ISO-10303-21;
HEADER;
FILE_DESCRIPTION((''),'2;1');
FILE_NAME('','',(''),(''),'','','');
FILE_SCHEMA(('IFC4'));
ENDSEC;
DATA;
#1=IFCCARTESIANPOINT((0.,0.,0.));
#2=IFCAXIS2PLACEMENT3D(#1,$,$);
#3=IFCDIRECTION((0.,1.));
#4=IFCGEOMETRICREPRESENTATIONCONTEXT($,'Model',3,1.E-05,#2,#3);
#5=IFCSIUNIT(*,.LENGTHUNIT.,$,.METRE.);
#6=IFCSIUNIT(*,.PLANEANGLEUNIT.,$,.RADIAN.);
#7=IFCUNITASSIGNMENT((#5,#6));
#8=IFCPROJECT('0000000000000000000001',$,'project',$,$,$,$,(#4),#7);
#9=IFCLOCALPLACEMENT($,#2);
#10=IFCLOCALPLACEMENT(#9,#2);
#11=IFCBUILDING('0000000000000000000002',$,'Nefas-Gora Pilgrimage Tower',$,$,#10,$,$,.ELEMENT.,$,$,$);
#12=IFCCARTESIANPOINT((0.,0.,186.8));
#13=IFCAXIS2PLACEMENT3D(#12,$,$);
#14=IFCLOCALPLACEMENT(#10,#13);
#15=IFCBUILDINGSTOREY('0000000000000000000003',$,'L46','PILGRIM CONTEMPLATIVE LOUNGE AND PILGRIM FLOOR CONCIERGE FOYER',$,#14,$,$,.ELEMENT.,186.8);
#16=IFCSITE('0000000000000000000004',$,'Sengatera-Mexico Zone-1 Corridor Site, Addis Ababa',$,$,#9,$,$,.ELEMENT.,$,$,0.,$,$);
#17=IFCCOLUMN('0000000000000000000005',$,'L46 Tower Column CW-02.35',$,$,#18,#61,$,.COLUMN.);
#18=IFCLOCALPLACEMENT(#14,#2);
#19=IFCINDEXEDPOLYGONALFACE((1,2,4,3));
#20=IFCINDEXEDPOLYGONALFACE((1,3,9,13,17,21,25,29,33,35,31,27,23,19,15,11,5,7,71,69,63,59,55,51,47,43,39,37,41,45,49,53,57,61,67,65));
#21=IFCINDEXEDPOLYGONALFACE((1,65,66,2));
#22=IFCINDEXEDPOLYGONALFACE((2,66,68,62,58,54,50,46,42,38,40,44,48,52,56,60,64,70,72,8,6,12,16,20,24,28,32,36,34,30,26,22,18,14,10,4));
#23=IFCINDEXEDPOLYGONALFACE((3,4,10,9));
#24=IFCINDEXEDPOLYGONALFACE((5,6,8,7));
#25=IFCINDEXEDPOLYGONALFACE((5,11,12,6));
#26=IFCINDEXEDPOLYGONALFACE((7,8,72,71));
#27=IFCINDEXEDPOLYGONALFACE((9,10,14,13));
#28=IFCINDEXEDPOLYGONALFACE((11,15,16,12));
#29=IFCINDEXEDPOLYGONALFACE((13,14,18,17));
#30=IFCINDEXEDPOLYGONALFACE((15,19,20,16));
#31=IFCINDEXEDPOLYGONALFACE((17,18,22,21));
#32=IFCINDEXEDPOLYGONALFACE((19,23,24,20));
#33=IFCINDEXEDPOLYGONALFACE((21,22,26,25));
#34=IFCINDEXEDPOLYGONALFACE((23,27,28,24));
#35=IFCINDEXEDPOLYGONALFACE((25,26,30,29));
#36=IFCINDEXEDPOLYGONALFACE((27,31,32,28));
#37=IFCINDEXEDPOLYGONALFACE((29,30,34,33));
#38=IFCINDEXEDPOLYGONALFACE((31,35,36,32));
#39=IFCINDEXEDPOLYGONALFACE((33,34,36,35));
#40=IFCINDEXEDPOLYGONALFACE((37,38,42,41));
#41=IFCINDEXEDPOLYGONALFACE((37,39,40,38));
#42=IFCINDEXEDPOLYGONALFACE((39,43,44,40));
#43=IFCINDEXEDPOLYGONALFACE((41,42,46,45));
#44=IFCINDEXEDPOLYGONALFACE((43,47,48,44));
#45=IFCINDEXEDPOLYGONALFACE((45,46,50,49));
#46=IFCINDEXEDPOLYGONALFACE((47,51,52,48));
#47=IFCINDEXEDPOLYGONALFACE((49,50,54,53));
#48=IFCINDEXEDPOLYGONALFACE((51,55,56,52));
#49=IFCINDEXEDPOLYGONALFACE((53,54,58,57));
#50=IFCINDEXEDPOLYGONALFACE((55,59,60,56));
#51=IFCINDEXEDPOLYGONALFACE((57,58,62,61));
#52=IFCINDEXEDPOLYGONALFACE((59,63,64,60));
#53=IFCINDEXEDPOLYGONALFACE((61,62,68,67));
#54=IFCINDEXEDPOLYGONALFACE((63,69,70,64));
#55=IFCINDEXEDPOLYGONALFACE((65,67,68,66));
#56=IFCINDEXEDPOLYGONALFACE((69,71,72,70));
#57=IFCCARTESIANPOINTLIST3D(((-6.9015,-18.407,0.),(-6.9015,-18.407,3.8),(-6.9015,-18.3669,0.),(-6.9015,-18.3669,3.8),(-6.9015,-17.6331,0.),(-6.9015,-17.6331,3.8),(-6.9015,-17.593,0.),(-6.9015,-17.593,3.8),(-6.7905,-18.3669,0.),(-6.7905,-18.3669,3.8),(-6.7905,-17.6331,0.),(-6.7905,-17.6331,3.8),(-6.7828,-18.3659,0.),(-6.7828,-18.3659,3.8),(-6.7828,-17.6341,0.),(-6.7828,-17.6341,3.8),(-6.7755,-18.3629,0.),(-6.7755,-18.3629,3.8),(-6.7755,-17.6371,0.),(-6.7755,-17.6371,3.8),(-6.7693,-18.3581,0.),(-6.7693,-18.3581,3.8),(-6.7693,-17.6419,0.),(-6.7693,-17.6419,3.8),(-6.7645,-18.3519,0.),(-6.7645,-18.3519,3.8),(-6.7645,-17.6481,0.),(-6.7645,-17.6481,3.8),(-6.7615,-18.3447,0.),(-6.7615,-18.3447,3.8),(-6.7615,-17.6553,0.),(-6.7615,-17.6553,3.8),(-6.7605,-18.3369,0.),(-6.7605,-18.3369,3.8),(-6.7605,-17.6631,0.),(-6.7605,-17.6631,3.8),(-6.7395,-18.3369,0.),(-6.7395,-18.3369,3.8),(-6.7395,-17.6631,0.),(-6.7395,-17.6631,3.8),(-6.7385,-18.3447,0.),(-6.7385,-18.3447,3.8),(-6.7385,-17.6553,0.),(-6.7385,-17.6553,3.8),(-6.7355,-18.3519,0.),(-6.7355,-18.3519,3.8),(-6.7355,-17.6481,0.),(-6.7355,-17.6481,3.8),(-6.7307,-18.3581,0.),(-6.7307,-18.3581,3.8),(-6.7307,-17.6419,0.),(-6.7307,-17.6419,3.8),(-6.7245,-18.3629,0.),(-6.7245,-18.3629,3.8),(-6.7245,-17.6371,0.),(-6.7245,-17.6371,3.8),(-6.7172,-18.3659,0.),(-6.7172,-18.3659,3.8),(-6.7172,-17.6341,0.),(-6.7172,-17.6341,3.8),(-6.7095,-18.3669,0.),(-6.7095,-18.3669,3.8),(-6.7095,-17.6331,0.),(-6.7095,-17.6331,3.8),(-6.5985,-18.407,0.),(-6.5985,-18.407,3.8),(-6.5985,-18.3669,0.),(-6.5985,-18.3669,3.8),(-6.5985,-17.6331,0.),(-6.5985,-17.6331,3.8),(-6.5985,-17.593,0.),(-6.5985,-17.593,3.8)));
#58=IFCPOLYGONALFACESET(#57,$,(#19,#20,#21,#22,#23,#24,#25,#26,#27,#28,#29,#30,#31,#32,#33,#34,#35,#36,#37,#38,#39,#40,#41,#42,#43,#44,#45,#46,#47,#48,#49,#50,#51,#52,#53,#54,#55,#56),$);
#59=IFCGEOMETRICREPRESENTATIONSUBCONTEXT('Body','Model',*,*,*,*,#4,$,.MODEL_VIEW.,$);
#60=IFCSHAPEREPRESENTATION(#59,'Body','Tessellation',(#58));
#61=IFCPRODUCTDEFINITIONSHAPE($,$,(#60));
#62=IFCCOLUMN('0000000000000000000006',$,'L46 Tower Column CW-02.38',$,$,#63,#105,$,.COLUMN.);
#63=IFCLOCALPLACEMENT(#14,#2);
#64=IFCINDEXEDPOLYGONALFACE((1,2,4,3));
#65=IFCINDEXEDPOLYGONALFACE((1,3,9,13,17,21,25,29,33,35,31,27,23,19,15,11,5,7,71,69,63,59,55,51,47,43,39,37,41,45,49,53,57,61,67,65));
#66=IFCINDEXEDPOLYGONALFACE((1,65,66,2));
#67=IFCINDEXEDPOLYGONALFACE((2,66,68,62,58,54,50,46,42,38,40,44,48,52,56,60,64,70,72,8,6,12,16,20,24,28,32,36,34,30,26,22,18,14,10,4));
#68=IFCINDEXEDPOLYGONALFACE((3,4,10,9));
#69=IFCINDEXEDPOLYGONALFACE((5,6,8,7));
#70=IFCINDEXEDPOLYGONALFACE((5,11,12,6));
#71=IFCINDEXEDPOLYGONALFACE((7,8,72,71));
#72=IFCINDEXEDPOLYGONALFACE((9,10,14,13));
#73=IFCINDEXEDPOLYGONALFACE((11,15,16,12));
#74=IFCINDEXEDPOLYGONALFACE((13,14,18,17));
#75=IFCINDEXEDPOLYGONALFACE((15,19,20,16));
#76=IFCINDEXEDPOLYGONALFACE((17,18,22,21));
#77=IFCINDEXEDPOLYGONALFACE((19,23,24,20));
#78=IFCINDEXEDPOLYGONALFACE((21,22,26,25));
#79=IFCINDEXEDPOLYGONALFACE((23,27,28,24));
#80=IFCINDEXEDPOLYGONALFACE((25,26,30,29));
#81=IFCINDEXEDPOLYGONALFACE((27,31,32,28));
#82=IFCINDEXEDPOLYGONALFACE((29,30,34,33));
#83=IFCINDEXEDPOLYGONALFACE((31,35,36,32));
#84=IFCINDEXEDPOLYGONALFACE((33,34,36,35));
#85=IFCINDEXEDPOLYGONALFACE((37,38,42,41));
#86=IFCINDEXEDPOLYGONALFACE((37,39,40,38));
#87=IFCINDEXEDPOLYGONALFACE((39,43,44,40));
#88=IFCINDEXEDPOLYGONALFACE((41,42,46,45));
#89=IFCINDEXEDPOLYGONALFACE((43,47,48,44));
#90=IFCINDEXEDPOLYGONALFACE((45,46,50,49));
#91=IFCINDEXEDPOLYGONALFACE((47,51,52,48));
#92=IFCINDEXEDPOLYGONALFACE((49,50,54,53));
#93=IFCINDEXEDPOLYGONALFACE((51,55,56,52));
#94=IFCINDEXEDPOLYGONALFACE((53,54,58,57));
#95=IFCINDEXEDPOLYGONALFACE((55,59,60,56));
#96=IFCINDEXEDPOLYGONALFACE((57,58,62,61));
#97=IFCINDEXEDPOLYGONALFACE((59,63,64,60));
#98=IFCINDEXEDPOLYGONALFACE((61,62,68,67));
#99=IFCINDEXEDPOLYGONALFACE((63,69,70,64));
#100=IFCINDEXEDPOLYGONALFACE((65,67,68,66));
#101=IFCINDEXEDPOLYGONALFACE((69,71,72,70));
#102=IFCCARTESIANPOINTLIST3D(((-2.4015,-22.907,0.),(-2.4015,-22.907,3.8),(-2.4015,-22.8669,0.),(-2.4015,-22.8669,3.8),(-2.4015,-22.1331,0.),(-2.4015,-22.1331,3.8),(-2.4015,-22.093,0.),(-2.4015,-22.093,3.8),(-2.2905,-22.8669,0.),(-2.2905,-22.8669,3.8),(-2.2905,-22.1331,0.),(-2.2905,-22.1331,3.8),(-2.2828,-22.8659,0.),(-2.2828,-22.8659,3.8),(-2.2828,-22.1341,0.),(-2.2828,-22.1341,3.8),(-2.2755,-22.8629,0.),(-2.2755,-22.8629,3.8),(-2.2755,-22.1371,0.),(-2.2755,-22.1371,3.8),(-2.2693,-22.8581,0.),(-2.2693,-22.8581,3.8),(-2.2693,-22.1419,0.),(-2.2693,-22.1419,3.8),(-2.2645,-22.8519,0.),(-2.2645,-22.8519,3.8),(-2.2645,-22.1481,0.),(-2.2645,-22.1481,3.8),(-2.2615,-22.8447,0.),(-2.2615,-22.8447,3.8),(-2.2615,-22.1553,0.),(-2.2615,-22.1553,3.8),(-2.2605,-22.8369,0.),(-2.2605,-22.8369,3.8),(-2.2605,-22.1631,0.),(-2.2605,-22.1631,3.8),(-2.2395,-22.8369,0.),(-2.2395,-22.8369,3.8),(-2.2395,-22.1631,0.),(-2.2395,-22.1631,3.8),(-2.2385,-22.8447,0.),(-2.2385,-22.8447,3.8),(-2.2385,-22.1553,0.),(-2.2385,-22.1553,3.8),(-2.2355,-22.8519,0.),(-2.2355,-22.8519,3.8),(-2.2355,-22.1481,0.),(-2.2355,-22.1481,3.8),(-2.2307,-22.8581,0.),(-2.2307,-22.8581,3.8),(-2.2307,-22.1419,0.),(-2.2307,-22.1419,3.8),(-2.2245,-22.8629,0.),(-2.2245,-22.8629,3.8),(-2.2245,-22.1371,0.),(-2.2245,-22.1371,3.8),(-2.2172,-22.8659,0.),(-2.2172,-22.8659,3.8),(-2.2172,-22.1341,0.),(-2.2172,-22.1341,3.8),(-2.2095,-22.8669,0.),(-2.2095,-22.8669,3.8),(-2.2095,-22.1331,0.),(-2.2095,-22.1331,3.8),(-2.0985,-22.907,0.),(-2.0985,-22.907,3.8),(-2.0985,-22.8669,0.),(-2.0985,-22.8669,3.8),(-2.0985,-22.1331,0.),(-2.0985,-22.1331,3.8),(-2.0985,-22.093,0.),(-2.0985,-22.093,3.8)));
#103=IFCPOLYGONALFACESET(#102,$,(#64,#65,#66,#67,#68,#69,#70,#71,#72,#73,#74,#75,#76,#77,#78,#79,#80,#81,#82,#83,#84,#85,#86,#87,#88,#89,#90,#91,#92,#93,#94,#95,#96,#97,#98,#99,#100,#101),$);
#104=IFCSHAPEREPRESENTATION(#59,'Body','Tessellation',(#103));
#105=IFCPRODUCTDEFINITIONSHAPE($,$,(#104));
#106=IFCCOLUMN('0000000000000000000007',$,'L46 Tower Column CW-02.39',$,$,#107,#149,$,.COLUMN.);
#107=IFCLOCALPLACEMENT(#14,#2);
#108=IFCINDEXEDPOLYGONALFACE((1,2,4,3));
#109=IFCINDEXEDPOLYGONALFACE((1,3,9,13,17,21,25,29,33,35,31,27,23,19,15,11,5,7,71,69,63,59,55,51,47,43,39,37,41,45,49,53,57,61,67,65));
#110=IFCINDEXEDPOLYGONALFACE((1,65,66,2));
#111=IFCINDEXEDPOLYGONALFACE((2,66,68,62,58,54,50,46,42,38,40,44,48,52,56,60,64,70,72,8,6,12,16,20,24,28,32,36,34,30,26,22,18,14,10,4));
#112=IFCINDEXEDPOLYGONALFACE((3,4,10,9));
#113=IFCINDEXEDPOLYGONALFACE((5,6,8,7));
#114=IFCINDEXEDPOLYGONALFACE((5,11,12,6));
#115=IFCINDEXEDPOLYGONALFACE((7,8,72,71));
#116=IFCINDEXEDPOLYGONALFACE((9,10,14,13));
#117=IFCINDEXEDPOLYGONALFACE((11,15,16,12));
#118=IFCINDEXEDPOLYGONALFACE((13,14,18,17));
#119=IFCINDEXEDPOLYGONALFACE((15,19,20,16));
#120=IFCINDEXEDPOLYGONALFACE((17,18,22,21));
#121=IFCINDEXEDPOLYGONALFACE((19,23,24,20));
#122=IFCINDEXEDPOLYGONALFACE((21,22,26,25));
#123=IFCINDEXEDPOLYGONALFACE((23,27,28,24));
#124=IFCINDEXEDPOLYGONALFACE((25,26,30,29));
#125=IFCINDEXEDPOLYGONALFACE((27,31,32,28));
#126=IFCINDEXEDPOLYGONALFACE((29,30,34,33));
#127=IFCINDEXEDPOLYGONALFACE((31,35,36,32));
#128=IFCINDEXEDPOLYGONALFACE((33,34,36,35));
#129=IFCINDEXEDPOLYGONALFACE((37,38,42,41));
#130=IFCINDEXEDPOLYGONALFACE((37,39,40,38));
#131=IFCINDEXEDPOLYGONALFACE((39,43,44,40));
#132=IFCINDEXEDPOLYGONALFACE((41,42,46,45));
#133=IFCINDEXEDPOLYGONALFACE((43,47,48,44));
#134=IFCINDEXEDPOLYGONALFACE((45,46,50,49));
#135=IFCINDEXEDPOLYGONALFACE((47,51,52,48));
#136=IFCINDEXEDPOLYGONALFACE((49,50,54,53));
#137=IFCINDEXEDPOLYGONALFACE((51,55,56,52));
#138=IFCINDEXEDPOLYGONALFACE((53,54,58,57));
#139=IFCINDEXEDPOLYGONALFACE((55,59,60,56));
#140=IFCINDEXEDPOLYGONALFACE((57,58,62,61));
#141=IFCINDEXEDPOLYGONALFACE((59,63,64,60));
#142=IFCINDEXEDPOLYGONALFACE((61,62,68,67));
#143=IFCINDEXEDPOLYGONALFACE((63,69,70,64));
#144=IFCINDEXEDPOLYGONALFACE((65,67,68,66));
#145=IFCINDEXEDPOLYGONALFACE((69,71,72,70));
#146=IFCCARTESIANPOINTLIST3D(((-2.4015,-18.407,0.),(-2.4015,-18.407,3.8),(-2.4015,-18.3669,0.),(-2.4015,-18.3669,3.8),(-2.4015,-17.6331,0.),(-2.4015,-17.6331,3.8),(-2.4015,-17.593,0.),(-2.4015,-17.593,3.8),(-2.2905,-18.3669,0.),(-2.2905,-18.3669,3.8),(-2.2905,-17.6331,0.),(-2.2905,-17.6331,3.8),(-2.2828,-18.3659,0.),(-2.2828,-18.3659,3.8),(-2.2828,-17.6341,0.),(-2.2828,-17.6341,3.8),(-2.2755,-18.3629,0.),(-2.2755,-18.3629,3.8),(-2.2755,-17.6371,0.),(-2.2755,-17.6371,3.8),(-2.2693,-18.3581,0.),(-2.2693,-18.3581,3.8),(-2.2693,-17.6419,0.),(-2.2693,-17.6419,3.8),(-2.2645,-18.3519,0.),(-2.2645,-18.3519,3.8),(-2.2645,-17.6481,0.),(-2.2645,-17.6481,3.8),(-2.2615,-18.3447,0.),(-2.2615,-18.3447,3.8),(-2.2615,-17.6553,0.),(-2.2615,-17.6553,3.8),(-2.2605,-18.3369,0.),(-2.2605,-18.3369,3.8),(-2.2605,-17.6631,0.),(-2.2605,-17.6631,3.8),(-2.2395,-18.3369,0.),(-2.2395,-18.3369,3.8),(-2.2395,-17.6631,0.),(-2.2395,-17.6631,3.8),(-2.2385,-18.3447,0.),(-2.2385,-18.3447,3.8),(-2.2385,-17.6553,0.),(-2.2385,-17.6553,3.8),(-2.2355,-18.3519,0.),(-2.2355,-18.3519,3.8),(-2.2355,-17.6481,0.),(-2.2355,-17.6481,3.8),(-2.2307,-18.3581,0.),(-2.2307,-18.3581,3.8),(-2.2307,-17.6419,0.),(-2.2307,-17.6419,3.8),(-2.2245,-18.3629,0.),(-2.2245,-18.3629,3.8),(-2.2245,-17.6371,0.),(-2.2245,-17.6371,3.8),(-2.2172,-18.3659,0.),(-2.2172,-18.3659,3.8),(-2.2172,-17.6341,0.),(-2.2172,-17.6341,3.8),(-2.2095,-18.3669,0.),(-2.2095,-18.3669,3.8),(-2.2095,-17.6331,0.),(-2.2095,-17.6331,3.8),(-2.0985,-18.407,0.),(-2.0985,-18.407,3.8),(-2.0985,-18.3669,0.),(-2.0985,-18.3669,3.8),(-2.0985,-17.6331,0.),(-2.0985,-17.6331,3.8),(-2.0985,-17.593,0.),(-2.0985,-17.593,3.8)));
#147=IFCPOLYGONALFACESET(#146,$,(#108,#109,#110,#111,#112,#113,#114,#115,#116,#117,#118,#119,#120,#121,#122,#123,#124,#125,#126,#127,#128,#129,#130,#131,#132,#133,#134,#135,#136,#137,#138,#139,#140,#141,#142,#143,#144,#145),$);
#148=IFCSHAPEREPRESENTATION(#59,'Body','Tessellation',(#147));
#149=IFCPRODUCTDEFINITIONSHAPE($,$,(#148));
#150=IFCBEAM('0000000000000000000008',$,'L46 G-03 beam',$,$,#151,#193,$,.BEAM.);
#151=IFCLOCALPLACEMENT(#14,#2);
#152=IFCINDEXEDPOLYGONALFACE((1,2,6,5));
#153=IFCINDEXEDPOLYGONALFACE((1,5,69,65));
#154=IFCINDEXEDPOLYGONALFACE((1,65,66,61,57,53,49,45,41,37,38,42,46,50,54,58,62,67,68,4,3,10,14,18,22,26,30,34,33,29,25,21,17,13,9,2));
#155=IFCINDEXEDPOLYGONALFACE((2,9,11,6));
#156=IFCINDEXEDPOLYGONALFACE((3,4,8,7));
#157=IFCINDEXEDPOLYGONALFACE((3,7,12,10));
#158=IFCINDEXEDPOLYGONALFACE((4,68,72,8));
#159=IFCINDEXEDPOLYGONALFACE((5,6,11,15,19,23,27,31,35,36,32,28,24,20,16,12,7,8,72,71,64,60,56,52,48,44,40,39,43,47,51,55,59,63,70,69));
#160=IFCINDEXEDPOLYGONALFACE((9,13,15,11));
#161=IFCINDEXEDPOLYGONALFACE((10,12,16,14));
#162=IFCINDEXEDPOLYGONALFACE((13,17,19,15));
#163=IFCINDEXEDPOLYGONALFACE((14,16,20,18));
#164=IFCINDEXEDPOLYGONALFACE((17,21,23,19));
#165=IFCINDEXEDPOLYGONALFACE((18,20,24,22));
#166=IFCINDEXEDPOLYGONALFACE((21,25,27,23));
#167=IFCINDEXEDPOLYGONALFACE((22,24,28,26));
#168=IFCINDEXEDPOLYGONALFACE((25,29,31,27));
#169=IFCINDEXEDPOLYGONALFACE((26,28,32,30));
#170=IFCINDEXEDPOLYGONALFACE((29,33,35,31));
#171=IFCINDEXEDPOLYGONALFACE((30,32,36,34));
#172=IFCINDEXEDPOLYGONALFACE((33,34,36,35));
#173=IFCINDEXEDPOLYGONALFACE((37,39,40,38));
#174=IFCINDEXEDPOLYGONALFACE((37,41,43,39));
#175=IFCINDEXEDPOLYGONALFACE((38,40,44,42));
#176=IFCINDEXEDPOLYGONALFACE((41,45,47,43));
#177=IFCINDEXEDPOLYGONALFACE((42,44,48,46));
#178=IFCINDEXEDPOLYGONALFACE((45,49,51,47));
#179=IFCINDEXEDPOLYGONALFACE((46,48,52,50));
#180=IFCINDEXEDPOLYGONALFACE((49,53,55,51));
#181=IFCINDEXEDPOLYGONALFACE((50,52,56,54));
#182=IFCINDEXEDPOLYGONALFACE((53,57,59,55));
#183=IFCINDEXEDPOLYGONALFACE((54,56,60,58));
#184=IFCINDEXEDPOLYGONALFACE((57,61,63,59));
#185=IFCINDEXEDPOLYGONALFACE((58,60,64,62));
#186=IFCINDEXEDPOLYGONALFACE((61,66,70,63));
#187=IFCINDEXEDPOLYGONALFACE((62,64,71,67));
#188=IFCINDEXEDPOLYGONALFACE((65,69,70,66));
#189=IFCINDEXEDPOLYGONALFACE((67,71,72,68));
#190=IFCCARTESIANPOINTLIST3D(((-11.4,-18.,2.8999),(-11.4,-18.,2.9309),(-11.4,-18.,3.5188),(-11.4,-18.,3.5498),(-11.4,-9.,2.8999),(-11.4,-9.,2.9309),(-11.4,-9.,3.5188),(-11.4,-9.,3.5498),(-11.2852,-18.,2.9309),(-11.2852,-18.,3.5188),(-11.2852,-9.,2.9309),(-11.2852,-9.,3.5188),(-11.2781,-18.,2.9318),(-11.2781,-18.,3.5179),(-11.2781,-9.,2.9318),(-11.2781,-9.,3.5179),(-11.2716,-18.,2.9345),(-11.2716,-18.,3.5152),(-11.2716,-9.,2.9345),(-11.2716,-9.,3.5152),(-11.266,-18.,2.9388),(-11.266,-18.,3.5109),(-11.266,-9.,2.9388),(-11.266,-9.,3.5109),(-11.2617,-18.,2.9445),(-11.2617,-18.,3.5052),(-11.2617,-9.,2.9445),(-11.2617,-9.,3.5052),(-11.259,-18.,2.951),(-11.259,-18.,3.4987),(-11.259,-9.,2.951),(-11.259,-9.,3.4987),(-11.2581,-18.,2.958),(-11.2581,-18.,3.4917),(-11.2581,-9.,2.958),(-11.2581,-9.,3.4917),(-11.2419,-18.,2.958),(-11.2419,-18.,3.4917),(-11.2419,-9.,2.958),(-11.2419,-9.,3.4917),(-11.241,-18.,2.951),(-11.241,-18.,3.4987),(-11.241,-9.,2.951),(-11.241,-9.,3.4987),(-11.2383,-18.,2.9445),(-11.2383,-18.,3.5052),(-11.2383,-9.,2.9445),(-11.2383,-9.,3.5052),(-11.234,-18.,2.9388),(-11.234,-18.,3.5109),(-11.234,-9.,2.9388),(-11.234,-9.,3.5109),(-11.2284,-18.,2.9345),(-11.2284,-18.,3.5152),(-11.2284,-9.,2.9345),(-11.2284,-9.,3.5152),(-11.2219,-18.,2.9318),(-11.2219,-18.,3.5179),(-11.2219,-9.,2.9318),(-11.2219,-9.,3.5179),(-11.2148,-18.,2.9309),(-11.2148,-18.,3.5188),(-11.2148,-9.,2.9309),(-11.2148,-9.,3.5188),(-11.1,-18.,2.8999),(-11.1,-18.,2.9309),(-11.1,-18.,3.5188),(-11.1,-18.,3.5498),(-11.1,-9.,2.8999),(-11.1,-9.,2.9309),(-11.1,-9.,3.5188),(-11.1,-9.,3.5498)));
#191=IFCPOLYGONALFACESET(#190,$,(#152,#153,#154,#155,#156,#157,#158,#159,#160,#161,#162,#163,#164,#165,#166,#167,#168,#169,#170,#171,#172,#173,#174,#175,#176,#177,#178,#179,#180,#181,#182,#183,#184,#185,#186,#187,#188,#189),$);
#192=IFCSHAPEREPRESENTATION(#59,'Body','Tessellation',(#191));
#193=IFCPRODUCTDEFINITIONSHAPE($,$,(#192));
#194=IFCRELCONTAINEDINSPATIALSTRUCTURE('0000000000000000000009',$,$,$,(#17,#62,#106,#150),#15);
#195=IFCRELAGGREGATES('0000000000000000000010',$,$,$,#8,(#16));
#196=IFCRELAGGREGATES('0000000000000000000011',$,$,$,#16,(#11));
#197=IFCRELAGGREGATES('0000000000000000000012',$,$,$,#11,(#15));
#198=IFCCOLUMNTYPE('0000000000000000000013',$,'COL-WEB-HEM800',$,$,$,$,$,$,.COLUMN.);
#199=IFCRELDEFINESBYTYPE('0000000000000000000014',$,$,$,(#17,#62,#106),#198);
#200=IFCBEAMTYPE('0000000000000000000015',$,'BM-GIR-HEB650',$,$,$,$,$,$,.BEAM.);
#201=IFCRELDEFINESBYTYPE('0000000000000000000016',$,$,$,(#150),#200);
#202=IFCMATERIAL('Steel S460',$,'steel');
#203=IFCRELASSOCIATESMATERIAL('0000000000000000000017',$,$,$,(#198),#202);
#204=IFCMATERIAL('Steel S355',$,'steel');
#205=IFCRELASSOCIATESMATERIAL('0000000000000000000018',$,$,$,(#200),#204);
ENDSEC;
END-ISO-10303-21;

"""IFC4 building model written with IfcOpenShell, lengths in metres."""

from ifc_helpers import new_model, si_unit, direction, frame, origin, origin_2d, place, context, subcontext, project, spatial, i_section, extrude, source, transform, mapped, material, material_profile, profile_set, type_object, element, save


model = new_model("IFC4")

# Units and contexts
model_context = context("Model", 3, precision=1e-05, world=origin(), true_north=direction((0.0, 1.0)))
body_context = subcontext(model_context, "Body", "Model", "MODEL_VIEW")
ifc_project = project(units=[si_unit("LENGTHUNIT", "METRE"), si_unit("PLANEANGLEUNIT", "RADIAN")], contexts=[model_context])

# Site, building, storey
site_placement = place(None, origin())
site = spatial("IfcSite", under=ifc_project, at=site_placement, Name="Sengatera-Mexico Zone-1 Corridor Site, Addis Ababa", CompositionType="ELEMENT", RefElevation=0.0)
building_placement = place(site_placement, origin())
building = spatial("IfcBuilding", under=site, at=building_placement, Name="Nefas-Gora Pilgrimage Tower", CompositionType="ELEMENT")
storey_placement = place(building_placement, frame((0.0, 0.0, 186.8)))
storey = spatial("IfcBuildingStorey", under=building, at=storey_placement, Name="L46", Description="PILGRIM CONTEMPLATIVE LOUNGE AND PILGRIM FLOOR CONCIERGE FOYER", CompositionType="ELEMENT", Elevation=186.8)

# Columns
ifc_material_1 = material(Name="Steel S460", Category="steel")
ifc_material_profile_1 = material_profile(ifc_material_1, i_section(OverallWidth=0.303, OverallDepth=0.814, WebThickness=0.021, FlangeThickness=0.04, FilletRadius=0.03, at=origin_2d()), Name="HEM 800")
ifc_profile_set_1 = profile_set([ifc_material_profile_1], Name="Steel S460")
column_type_1 = type_object("IfcColumnType", Name="COL-WEB-HEM800", PredefinedType="COLUMN", material=ifc_profile_set_1)
shared_shape_1 = source(origin(), body_context, "Body", "SweptSolid", [
    extrude(i_section(OverallWidth=0.303, OverallDepth=0.814, WebThickness=0.021, FlangeThickness=0.04, FilletRadius=0.03, at=origin_2d()), origin(), (0.0, 0.0, 1.0), 3.8),
])
for number, where, z_axis, x_axis, name in (
    (1, (-6.75, -18.0, 0.0), (0.0, 0.0, 1.0), (1.0, 0.0, 0.0), "L46 Tower Column CW-02.35"),
    (2, (-2.25, -22.5, 0.0), (0.0, 0.0, 1.0), (1.0, 0.0, 0.0), "L46 Tower Column CW-02.38"),
    (3, (-2.25, -18.0, 0.0), (0.0, 0.0, 1.0), (1.0, 0.0, 0.0), "L46 Tower Column CW-02.39"),
):
    element("IfcColumn", number, at=place(storey_placement, frame(where, z_axis=z_axis, x_axis=x_axis)), inside=storey, type_object=column_type_1, Name=name, PredefinedType="COLUMN", context=body_context, shape_type="MappedRepresentation", body=[
        mapped(shared_shape_1, transform((0.0, 0.0, 0.0), x_axis=(1.0, 0.0, 0.0), y_axis=(0.0, 1.0, 0.0), z_axis=(0.0, 0.0, 1.0), scale=1.0)),
    ])

# Beam
ifc_material_2 = material(Name="Steel S355", Category="steel")
ifc_material_profile_2 = material_profile(ifc_material_2, i_section(OverallWidth=0.3, OverallDepth=0.6499, WebThickness=0.0161, FlangeThickness=0.031, FilletRadius=0.0271, at=origin_2d()), Name="HEB 650")
ifc_profile_set_2 = profile_set([ifc_material_profile_2], Name="Steel S355")
beam_type = type_object("IfcBeamType", Name="BM-GIR-HEB650", PredefinedType="BEAM", material=ifc_profile_set_2)
shared_shape_2 = source(origin(), body_context, "Body", "SweptSolid", [
    extrude(i_section(OverallWidth=0.3, OverallDepth=0.6499, WebThickness=0.0161, FlangeThickness=0.031, FilletRadius=0.0271, at=origin_2d()), origin(), (0.0, 0.0, 1.0), 9.0),
])
beam_placement = place(storey_placement, frame((-11.25, -18.0, 3.2249), z_axis=(0.0, 1.0, 0.0), x_axis=(-1.0, 0.0, 0.0)))
element("IfcBeam", 4, at=beam_placement, inside=storey, type_object=beam_type, Name="L46 G-03 beam", PredefinedType="BEAM", context=body_context, shape_type="MappedRepresentation", body=[
    mapped(shared_shape_2, transform((0.0, 0.0, 0.0), x_axis=(1.0, 0.0, 0.0), y_axis=(0.0, 1.0, 0.0), z_axis=(0.0, 0.0, 1.0), scale=1.0)),
])

save(model, "model.ifc")
